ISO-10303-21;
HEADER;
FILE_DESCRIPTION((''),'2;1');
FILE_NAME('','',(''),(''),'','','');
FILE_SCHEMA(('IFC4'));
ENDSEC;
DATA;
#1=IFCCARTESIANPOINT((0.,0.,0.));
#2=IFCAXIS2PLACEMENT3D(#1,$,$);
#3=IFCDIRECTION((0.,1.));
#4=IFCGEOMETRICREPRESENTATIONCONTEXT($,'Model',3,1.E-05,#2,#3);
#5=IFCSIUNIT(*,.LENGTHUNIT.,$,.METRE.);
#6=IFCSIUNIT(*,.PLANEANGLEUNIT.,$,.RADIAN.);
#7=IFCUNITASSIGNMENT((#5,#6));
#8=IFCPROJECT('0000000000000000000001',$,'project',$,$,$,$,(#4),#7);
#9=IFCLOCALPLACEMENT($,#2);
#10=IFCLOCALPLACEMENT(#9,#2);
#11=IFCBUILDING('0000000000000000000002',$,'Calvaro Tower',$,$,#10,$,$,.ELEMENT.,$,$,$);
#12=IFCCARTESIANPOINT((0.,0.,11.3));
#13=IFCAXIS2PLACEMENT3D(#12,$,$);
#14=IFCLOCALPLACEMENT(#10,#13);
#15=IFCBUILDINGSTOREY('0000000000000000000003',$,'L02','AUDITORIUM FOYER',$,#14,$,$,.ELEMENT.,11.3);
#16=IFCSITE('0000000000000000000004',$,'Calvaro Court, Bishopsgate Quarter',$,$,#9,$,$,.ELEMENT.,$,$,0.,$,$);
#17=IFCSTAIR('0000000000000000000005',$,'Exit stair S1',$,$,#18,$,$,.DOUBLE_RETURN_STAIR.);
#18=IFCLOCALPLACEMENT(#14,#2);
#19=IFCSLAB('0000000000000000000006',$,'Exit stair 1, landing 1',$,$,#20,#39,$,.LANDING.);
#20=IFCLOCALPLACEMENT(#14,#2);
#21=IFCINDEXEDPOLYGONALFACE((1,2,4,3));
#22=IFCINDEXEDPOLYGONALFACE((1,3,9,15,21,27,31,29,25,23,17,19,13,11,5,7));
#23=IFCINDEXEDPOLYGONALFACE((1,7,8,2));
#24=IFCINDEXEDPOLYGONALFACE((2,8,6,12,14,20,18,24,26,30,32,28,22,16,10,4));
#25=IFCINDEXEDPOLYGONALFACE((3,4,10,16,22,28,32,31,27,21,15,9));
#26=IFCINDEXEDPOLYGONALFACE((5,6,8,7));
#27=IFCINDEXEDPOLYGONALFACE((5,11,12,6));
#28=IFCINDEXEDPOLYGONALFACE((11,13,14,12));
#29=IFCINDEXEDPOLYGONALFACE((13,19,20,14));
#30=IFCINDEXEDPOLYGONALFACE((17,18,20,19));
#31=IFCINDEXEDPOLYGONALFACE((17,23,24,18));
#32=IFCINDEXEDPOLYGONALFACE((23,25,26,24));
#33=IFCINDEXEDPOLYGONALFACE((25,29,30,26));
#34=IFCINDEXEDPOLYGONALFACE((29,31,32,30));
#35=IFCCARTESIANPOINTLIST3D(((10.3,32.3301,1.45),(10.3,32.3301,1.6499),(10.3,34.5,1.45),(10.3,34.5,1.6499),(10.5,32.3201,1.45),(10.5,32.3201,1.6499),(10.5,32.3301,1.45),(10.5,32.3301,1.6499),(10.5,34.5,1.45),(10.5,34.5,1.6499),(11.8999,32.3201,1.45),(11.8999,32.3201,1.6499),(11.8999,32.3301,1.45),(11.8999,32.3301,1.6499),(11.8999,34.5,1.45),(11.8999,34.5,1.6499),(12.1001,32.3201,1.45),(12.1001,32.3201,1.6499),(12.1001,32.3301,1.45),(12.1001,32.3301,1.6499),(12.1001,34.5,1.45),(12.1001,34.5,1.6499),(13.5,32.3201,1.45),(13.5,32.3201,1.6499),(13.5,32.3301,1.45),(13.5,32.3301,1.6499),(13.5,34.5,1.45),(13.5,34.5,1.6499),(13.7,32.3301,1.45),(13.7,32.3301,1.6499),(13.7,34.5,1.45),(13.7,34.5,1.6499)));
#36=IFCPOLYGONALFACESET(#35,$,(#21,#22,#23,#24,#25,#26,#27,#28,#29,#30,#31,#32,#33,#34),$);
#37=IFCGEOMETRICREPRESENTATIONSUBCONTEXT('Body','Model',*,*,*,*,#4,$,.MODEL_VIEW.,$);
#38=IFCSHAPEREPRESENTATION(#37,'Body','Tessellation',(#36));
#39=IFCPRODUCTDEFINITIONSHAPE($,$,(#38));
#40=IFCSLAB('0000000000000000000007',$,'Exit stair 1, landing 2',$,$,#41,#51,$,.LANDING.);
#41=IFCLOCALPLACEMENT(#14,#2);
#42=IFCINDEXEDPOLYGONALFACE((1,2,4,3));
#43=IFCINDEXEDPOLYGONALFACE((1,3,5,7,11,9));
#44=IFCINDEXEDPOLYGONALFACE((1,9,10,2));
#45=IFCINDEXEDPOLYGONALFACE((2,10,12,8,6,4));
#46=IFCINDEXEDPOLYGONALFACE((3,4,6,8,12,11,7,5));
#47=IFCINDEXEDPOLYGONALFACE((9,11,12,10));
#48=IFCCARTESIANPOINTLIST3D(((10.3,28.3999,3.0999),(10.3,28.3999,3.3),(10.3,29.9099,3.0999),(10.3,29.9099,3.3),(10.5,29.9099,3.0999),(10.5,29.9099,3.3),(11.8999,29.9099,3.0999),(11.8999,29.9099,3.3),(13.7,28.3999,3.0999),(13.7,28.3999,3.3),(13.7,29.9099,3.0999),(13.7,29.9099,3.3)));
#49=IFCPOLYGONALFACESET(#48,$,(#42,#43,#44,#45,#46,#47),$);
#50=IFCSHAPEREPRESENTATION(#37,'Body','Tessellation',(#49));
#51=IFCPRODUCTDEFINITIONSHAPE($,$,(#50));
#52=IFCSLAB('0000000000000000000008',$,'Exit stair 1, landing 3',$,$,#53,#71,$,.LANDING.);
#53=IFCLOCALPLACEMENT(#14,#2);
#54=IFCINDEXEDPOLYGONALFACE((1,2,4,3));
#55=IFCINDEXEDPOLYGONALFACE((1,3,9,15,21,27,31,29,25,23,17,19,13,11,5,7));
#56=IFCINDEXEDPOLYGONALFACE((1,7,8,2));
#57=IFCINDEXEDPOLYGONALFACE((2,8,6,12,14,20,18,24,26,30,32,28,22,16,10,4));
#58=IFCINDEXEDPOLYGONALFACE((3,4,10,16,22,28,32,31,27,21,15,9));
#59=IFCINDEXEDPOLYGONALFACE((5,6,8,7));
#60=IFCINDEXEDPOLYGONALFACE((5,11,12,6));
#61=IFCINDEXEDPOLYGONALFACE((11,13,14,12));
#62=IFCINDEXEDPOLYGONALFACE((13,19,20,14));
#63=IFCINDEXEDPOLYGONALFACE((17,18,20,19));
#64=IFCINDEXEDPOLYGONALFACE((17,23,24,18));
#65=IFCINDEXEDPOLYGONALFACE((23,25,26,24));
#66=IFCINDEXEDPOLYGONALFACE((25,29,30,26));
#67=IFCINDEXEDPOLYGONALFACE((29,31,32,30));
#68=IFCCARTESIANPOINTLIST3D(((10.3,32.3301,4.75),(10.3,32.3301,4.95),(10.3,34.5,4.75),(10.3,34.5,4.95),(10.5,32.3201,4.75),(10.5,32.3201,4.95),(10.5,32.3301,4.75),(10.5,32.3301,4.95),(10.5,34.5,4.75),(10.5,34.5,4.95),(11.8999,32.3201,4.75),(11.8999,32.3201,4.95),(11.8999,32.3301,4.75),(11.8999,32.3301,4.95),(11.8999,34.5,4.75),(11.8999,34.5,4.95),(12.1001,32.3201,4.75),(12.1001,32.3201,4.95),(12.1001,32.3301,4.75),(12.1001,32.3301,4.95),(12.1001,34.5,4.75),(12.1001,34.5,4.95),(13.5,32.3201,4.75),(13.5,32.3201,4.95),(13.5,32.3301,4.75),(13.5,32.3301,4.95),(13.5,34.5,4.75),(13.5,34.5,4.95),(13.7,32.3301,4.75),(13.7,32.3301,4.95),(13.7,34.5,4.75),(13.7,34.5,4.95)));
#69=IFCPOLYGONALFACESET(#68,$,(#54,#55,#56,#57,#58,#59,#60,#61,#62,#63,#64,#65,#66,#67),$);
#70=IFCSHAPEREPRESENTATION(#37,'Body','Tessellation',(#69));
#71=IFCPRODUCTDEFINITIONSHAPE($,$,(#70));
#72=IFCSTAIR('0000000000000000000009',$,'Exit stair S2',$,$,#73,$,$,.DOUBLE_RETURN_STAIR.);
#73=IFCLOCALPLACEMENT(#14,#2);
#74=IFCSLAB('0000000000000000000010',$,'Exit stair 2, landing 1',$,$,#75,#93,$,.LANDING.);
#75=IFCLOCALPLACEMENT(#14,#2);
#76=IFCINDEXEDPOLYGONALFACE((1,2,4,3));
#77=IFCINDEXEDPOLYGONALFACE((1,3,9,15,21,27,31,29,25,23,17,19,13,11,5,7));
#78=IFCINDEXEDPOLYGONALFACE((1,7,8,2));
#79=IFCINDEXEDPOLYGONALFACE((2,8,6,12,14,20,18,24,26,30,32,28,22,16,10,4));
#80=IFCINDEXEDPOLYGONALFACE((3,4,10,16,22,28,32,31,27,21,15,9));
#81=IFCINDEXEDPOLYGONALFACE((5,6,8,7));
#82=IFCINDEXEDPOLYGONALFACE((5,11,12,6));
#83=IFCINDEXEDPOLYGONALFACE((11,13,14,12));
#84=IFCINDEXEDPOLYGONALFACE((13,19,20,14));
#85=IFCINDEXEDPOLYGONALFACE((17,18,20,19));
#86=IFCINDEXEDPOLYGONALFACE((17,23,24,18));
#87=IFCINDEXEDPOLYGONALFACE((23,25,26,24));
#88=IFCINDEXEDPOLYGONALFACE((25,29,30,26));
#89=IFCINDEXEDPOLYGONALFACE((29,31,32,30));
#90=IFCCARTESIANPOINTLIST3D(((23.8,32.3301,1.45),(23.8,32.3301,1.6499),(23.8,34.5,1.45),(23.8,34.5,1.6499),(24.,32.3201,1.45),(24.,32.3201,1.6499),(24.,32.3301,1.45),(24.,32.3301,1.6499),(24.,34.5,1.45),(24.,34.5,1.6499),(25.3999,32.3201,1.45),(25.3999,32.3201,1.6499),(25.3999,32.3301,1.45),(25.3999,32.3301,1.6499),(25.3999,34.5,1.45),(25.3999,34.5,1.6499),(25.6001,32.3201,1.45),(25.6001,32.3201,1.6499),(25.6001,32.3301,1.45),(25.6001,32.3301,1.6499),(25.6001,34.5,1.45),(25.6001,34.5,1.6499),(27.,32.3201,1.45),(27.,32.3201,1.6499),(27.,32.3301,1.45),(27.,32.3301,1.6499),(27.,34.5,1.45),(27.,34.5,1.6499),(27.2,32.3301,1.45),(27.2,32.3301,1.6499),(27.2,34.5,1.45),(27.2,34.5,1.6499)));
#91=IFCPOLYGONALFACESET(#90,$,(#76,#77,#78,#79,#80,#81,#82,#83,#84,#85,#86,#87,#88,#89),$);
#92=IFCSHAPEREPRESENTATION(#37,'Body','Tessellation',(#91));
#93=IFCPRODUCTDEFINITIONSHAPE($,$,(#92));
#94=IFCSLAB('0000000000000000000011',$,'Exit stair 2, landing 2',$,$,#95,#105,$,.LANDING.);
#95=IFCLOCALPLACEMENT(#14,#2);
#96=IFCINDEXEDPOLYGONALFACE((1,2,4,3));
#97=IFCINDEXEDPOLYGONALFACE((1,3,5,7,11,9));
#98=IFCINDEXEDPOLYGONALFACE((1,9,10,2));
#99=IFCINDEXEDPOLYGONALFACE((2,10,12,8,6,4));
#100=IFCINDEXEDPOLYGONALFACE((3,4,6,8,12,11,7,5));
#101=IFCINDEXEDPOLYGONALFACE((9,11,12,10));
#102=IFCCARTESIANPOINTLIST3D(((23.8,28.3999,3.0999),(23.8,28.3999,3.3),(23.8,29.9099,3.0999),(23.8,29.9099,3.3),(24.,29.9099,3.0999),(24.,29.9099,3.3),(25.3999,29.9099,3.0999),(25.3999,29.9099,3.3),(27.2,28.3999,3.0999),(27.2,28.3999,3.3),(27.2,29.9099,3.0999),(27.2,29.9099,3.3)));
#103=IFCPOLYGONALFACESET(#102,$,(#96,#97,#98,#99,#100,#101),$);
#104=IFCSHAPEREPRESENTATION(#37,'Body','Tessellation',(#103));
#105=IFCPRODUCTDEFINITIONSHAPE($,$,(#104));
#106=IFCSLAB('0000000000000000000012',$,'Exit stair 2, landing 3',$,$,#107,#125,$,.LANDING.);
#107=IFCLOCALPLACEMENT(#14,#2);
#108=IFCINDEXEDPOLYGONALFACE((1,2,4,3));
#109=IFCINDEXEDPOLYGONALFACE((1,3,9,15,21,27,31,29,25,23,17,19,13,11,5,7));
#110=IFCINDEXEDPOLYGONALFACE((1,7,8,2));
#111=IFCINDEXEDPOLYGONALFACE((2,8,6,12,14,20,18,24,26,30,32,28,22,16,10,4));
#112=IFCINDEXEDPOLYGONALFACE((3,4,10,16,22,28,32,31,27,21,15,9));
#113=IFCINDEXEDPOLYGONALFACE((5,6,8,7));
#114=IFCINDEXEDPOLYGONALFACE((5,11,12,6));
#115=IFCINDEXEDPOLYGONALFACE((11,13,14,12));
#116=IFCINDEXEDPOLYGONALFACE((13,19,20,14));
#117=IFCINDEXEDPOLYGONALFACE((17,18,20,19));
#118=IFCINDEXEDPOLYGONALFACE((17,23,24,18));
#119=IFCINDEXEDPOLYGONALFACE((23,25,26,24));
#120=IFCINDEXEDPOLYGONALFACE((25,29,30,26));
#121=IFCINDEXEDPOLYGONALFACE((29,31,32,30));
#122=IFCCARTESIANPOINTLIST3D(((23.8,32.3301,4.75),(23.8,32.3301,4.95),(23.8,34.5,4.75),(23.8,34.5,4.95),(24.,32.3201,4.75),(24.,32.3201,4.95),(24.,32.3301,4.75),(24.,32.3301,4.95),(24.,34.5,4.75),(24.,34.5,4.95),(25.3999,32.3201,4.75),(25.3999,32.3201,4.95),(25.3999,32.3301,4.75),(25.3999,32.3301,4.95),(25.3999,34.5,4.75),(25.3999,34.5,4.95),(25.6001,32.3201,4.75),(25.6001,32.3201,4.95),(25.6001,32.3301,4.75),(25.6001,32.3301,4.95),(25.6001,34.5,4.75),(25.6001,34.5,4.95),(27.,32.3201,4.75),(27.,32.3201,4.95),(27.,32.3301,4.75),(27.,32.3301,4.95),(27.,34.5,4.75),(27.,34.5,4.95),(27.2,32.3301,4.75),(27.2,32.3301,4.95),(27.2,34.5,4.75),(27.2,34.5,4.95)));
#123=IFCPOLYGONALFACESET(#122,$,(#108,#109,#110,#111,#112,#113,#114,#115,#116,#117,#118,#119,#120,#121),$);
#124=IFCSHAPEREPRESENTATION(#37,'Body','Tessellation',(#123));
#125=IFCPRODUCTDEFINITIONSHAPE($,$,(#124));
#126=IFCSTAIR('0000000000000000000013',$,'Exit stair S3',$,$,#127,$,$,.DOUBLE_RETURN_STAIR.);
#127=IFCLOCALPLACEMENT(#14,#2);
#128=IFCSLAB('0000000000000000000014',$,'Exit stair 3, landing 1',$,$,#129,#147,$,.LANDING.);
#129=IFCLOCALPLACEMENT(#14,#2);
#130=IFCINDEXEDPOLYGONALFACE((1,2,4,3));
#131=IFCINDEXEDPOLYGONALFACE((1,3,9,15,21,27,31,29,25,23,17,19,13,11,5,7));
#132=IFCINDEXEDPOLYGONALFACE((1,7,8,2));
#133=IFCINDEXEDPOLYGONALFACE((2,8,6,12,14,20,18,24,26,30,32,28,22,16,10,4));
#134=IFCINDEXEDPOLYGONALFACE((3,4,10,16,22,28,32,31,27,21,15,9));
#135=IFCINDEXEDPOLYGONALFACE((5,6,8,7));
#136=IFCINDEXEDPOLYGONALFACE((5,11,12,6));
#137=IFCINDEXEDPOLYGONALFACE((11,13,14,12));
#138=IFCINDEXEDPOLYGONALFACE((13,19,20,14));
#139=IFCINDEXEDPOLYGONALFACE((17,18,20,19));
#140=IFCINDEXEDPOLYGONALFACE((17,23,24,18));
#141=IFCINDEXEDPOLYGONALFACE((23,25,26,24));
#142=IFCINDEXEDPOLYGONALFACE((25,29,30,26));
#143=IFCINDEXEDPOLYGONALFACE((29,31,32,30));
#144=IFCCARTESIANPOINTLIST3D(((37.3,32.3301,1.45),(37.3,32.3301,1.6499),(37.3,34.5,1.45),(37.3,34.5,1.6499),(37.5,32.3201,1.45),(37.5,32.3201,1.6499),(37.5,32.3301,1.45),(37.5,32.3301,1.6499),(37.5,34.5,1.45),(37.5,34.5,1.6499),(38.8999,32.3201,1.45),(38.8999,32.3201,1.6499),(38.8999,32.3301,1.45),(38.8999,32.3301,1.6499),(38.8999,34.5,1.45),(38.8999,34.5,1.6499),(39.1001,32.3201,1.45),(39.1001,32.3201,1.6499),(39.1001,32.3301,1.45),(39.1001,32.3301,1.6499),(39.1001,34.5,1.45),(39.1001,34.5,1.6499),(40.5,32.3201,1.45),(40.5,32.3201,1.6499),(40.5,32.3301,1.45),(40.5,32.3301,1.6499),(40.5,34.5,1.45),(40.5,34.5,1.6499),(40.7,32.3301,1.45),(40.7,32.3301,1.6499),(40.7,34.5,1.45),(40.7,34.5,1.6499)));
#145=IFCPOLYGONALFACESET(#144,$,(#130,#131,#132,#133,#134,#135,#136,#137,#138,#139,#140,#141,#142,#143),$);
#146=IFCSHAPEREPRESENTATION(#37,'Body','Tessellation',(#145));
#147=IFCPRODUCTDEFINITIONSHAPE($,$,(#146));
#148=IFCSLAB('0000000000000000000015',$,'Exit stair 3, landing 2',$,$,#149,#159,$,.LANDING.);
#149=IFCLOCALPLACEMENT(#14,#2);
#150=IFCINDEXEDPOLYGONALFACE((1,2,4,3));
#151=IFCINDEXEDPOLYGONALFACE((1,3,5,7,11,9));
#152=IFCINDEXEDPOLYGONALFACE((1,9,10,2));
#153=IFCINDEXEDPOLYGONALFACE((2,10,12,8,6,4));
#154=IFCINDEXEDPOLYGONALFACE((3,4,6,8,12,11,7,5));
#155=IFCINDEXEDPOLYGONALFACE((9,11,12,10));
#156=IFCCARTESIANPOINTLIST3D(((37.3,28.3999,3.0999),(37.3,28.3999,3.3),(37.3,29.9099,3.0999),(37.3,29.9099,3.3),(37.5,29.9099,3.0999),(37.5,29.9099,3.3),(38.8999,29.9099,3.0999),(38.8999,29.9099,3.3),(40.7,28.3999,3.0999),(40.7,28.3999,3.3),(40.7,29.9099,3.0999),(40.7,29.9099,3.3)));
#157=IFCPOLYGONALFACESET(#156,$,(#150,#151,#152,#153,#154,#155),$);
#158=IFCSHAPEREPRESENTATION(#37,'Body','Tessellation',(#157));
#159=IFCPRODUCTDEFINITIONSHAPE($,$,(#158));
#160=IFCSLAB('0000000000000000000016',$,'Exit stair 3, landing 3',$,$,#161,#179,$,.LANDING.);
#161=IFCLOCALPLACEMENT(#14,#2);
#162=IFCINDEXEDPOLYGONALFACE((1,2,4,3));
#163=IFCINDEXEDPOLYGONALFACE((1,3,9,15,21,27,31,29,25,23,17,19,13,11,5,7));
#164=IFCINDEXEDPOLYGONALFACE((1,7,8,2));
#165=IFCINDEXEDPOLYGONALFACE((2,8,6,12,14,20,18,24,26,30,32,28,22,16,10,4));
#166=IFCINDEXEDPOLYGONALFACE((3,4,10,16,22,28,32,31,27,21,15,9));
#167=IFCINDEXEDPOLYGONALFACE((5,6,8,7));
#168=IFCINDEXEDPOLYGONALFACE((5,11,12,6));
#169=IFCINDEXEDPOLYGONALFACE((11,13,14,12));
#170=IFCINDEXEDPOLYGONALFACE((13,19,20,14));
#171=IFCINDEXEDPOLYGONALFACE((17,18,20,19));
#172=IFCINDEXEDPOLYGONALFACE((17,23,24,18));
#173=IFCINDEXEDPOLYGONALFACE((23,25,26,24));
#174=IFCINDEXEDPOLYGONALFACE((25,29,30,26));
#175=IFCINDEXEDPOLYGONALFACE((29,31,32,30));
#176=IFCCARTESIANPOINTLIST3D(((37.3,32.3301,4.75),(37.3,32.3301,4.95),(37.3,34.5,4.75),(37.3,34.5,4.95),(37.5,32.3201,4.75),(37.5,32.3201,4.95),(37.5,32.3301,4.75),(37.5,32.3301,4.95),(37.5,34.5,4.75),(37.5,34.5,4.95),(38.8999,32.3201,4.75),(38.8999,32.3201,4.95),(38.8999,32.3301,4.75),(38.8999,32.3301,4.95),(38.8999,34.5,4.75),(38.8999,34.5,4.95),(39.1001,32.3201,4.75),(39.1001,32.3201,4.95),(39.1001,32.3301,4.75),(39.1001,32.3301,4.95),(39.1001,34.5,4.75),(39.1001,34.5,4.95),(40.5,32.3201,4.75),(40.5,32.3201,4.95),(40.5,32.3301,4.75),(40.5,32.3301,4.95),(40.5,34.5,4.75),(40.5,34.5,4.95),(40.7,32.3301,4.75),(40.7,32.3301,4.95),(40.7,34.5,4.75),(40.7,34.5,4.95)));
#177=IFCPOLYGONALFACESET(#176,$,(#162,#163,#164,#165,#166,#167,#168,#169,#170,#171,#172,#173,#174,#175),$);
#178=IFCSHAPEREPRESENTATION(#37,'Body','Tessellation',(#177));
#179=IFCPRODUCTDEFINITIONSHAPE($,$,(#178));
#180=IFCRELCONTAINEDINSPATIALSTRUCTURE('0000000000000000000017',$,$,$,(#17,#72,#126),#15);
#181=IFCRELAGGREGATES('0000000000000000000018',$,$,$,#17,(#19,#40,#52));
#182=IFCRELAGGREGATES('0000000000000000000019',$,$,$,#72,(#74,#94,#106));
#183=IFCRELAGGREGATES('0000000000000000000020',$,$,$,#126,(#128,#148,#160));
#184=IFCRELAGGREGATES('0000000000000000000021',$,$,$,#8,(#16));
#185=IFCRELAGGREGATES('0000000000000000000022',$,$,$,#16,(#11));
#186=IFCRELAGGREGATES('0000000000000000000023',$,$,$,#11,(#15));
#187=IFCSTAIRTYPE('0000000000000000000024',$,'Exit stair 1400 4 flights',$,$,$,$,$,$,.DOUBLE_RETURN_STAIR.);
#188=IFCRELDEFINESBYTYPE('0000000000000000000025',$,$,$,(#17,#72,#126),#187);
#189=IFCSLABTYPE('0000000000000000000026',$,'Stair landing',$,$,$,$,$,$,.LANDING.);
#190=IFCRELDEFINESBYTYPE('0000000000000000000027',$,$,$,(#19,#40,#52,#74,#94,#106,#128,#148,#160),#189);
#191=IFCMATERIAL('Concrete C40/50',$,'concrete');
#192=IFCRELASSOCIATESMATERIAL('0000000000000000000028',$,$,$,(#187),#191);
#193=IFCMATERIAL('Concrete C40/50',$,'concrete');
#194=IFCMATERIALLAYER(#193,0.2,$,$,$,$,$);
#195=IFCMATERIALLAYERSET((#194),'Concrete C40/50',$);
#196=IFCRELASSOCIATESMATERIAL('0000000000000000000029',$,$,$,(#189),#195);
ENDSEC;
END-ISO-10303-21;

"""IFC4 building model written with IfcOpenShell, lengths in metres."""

from ifc_helpers import new_model, si_unit, direction, frame, origin, place, context, subcontext, project, spatial, polyline, outline, extrude, material, layer, layer_set, type_object, element, aggregate, save


model = new_model("IFC4")

# Units and contexts
model_context = context("Model", 3, precision=1e-05, world=origin(), true_north=direction((0.0, 1.0)))
body_context = subcontext(model_context, "Body", "Model", "MODEL_VIEW")
ifc_project = project(units=[si_unit("LENGTHUNIT", "METRE"), si_unit("PLANEANGLEUNIT", "RADIAN")], contexts=[model_context])

# Site, building, storey
site_placement = place(None, origin())
site = spatial("IfcSite", under=ifc_project, at=site_placement, Name="Calvaro Court, Bishopsgate Quarter", CompositionType="ELEMENT", RefElevation=0.0)
building_placement = place(site_placement, origin())
building = spatial("IfcBuilding", under=site, at=building_placement, Name="Calvaro Tower", CompositionType="ELEMENT")
storey_placement = place(building_placement, frame((0.0, 0.0, 11.3)))
storey = spatial("IfcBuildingStorey", under=building, at=storey_placement, Name="L02", Description="AUDITORIUM FOYER", CompositionType="ELEMENT", Elevation=11.3)

# Stairs, slabs
ifc_material_1 = material(Name="Concrete C40/50", Category="concrete")
stair_type_1 = type_object("IfcStairType", Name="Exit stair 1400 4 flights", PredefinedType="DOUBLE_RETURN_STAIR", material=ifc_material_1)
stair_1_placement = place(storey_placement, origin())
stair_1 = element("IfcStair", 1, at=stair_1_placement, inside=storey, type_object=stair_type_1, Name="Exit stair S1", PredefinedType="DOUBLE_RETURN_STAIR")
ifc_material_2 = material(Name="Concrete C40/50", Category="concrete")
ifc_layer = layer(ifc_material_2, 0.2)
ifc_layer_set = layer_set([ifc_layer], Name="Concrete C40/50")
slab_type = type_object("IfcSlabType", Name="Stair landing", PredefinedType="LANDING", material=ifc_layer_set)
slab_1_placement = place(storey_placement, frame((0.0, 0.0, 1.45)))
slab_1 = element("IfcSlab", 2, at=slab_1_placement, type_object=slab_type, Name="Exit stair 1, landing 1", PredefinedType="LANDING", context=body_context, shape_type="SweptSolid", body=[
    extrude(outline(polyline([(11.8999, 32.3201), (10.5, 32.3201), (10.5, 32.3301), (10.3, 32.3301), (10.3, 34.5), (10.5, 34.5), (11.8999, 34.5), (12.1001, 34.5), (13.5, 34.5), (13.7, 34.5), (13.7, 32.3301), (13.5, 32.3301), (13.5, 32.3201), (12.1001, 32.3201), (12.1001, 32.3301), (11.8999, 32.3301), (11.8999, 32.3201)])), origin(), (0.0, 0.0, 1.0), 0.2),
])
slab_2_placement = place(storey_placement, frame((0.0, 0.0, 3.0999)))
slab_2 = element("IfcSlab", 3, at=slab_2_placement, type_object=slab_type, Name="Exit stair 1, landing 2", PredefinedType="LANDING", context=body_context, shape_type="SweptSolid", body=[
    extrude(outline(polyline([(13.7, 29.9099), (13.7, 28.3999), (10.3, 28.3999), (10.3, 29.9099), (10.5, 29.9099), (11.8999, 29.9099), (13.7, 29.9099)])), origin(), (0.0, 0.0, 1.0), 0.2002),
])
slab_3_placement = place(storey_placement, frame((0.0, 0.0, 4.75)))
slab_3 = element("IfcSlab", 4, at=slab_3_placement, type_object=slab_type, Name="Exit stair 1, landing 3", PredefinedType="LANDING", context=body_context, shape_type="SweptSolid", body=[
    extrude(outline(polyline([(11.8999, 32.3201), (10.5, 32.3201), (10.5, 32.3301), (10.3, 32.3301), (10.3, 34.5), (10.5, 34.5), (11.8999, 34.5), (12.1001, 34.5), (13.5, 34.5), (13.7, 34.5), (13.7, 32.3301), (13.5, 32.3301), (13.5, 32.3201), (12.1001, 32.3201), (12.1001, 32.3301), (11.8999, 32.3301), (11.8999, 32.3201)])), origin(), (0.0, 0.0, 1.0), 0.2),
])
aggregate(stair_1, [slab_1, slab_2, slab_3])
stair_2_placement = place(storey_placement, origin())
stair_2 = element("IfcStair", 5, at=stair_2_placement, inside=storey, type_object=stair_type_1, Name="Exit stair S2", PredefinedType="DOUBLE_RETURN_STAIR")
slab_4_placement = place(storey_placement, frame((0.0, 0.0, 1.45)))
slab_4 = element("IfcSlab", 6, at=slab_4_placement, type_object=slab_type, Name="Exit stair 2, landing 1", PredefinedType="LANDING", context=body_context, shape_type="SweptSolid", body=[
    extrude(outline(polyline([(25.3999, 32.3201), (24.0, 32.3201), (24.0, 32.3301), (23.8, 32.3301), (23.8, 34.5), (24.0, 34.5), (25.3999, 34.5), (25.6001, 34.5), (27.0, 34.5), (27.2, 34.5), (27.2, 32.3301), (27.0, 32.3301), (27.0, 32.3201), (25.6001, 32.3201), (25.6001, 32.3301), (25.3999, 32.3301), (25.3999, 32.3201)])), origin(), (0.0, 0.0, 1.0), 0.2),
])
slab_5_placement = place(storey_placement, frame((0.0, 0.0, 3.0999)))
slab_5 = element("IfcSlab", 7, at=slab_5_placement, type_object=slab_type, Name="Exit stair 2, landing 2", PredefinedType="LANDING", context=body_context, shape_type="SweptSolid", body=[
    extrude(outline(polyline([(27.2, 29.9099), (27.2, 28.3999), (23.8, 28.3999), (23.8, 29.9099), (24.0, 29.9099), (25.3999, 29.9099), (27.2, 29.9099)])), origin(), (0.0, 0.0, 1.0), 0.2002),
])
slab_6_placement = place(storey_placement, frame((0.0, 0.0, 4.75)))
slab_6 = element("IfcSlab", 8, at=slab_6_placement, type_object=slab_type, Name="Exit stair 2, landing 3", PredefinedType="LANDING", context=body_context, shape_type="SweptSolid", body=[
    extrude(outline(polyline([(25.3999, 32.3201), (24.0, 32.3201), (24.0, 32.3301), (23.8, 32.3301), (23.8, 34.5), (24.0, 34.5), (25.3999, 34.5), (25.6001, 34.5), (27.0, 34.5), (27.2, 34.5), (27.2, 32.3301), (27.0, 32.3301), (27.0, 32.3201), (25.6001, 32.3201), (25.6001, 32.3301), (25.3999, 32.3301), (25.3999, 32.3201)])), origin(), (0.0, 0.0, 1.0), 0.2),
])
aggregate(stair_2, [slab_4, slab_5, slab_6])
stair_3_placement = place(storey_placement, origin())
stair_3 = element("IfcStair", 9, at=stair_3_placement, inside=storey, type_object=stair_type_1, Name="Exit stair S3", PredefinedType="DOUBLE_RETURN_STAIR")
slab_7_placement = place(storey_placement, frame((0.0, 0.0, 1.45)))
slab_7 = element("IfcSlab", 10, at=slab_7_placement, type_object=slab_type, Name="Exit stair 3, landing 1", PredefinedType="LANDING", context=body_context, shape_type="SweptSolid", body=[
    extrude(outline(polyline([(38.8999, 32.3201), (37.5, 32.3201), (37.5, 32.3301), (37.3, 32.3301), (37.3, 34.5), (37.5, 34.5), (38.8999, 34.5), (39.1001, 34.5), (40.5, 34.5), (40.7, 34.5), (40.7, 32.3301), (40.5, 32.3301), (40.5, 32.3201), (39.1001, 32.3201), (39.1001, 32.3301), (38.8999, 32.3301), (38.8999, 32.3201)])), origin(), (0.0, 0.0, 1.0), 0.2),
])
slab_8_placement = place(storey_placement, frame((0.0, 0.0, 3.0999)))
slab_8 = element("IfcSlab", 11, at=slab_8_placement, type_object=slab_type, Name="Exit stair 3, landing 2", PredefinedType="LANDING", context=body_context, shape_type="SweptSolid", body=[
    extrude(outline(polyline([(40.7, 29.9099), (40.7, 28.3999), (37.3, 28.3999), (37.3, 29.9099), (37.5, 29.9099), (38.8999, 29.9099), (40.7, 29.9099)])), origin(), (0.0, 0.0, 1.0), 0.2002),
])
slab_9_placement = place(storey_placement, frame((0.0, 0.0, 4.75)))
slab_9 = element("IfcSlab", 12, at=slab_9_placement, type_object=slab_type, Name="Exit stair 3, landing 3", PredefinedType="LANDING", context=body_context, shape_type="SweptSolid", body=[
    extrude(outline(polyline([(38.8999, 32.3201), (37.5, 32.3201), (37.5, 32.3301), (37.3, 32.3301), (37.3, 34.5), (37.5, 34.5), (38.8999, 34.5), (39.1001, 34.5), (40.5, 34.5), (40.7, 34.5), (40.7, 32.3301), (40.5, 32.3301), (40.5, 32.3201), (39.1001, 32.3201), (39.1001, 32.3301), (38.8999, 32.3301), (38.8999, 32.3201)])), origin(), (0.0, 0.0, 1.0), 0.2),
])
aggregate(stair_3, [slab_7, slab_8, slab_9])

save(model, "model.ifc")
